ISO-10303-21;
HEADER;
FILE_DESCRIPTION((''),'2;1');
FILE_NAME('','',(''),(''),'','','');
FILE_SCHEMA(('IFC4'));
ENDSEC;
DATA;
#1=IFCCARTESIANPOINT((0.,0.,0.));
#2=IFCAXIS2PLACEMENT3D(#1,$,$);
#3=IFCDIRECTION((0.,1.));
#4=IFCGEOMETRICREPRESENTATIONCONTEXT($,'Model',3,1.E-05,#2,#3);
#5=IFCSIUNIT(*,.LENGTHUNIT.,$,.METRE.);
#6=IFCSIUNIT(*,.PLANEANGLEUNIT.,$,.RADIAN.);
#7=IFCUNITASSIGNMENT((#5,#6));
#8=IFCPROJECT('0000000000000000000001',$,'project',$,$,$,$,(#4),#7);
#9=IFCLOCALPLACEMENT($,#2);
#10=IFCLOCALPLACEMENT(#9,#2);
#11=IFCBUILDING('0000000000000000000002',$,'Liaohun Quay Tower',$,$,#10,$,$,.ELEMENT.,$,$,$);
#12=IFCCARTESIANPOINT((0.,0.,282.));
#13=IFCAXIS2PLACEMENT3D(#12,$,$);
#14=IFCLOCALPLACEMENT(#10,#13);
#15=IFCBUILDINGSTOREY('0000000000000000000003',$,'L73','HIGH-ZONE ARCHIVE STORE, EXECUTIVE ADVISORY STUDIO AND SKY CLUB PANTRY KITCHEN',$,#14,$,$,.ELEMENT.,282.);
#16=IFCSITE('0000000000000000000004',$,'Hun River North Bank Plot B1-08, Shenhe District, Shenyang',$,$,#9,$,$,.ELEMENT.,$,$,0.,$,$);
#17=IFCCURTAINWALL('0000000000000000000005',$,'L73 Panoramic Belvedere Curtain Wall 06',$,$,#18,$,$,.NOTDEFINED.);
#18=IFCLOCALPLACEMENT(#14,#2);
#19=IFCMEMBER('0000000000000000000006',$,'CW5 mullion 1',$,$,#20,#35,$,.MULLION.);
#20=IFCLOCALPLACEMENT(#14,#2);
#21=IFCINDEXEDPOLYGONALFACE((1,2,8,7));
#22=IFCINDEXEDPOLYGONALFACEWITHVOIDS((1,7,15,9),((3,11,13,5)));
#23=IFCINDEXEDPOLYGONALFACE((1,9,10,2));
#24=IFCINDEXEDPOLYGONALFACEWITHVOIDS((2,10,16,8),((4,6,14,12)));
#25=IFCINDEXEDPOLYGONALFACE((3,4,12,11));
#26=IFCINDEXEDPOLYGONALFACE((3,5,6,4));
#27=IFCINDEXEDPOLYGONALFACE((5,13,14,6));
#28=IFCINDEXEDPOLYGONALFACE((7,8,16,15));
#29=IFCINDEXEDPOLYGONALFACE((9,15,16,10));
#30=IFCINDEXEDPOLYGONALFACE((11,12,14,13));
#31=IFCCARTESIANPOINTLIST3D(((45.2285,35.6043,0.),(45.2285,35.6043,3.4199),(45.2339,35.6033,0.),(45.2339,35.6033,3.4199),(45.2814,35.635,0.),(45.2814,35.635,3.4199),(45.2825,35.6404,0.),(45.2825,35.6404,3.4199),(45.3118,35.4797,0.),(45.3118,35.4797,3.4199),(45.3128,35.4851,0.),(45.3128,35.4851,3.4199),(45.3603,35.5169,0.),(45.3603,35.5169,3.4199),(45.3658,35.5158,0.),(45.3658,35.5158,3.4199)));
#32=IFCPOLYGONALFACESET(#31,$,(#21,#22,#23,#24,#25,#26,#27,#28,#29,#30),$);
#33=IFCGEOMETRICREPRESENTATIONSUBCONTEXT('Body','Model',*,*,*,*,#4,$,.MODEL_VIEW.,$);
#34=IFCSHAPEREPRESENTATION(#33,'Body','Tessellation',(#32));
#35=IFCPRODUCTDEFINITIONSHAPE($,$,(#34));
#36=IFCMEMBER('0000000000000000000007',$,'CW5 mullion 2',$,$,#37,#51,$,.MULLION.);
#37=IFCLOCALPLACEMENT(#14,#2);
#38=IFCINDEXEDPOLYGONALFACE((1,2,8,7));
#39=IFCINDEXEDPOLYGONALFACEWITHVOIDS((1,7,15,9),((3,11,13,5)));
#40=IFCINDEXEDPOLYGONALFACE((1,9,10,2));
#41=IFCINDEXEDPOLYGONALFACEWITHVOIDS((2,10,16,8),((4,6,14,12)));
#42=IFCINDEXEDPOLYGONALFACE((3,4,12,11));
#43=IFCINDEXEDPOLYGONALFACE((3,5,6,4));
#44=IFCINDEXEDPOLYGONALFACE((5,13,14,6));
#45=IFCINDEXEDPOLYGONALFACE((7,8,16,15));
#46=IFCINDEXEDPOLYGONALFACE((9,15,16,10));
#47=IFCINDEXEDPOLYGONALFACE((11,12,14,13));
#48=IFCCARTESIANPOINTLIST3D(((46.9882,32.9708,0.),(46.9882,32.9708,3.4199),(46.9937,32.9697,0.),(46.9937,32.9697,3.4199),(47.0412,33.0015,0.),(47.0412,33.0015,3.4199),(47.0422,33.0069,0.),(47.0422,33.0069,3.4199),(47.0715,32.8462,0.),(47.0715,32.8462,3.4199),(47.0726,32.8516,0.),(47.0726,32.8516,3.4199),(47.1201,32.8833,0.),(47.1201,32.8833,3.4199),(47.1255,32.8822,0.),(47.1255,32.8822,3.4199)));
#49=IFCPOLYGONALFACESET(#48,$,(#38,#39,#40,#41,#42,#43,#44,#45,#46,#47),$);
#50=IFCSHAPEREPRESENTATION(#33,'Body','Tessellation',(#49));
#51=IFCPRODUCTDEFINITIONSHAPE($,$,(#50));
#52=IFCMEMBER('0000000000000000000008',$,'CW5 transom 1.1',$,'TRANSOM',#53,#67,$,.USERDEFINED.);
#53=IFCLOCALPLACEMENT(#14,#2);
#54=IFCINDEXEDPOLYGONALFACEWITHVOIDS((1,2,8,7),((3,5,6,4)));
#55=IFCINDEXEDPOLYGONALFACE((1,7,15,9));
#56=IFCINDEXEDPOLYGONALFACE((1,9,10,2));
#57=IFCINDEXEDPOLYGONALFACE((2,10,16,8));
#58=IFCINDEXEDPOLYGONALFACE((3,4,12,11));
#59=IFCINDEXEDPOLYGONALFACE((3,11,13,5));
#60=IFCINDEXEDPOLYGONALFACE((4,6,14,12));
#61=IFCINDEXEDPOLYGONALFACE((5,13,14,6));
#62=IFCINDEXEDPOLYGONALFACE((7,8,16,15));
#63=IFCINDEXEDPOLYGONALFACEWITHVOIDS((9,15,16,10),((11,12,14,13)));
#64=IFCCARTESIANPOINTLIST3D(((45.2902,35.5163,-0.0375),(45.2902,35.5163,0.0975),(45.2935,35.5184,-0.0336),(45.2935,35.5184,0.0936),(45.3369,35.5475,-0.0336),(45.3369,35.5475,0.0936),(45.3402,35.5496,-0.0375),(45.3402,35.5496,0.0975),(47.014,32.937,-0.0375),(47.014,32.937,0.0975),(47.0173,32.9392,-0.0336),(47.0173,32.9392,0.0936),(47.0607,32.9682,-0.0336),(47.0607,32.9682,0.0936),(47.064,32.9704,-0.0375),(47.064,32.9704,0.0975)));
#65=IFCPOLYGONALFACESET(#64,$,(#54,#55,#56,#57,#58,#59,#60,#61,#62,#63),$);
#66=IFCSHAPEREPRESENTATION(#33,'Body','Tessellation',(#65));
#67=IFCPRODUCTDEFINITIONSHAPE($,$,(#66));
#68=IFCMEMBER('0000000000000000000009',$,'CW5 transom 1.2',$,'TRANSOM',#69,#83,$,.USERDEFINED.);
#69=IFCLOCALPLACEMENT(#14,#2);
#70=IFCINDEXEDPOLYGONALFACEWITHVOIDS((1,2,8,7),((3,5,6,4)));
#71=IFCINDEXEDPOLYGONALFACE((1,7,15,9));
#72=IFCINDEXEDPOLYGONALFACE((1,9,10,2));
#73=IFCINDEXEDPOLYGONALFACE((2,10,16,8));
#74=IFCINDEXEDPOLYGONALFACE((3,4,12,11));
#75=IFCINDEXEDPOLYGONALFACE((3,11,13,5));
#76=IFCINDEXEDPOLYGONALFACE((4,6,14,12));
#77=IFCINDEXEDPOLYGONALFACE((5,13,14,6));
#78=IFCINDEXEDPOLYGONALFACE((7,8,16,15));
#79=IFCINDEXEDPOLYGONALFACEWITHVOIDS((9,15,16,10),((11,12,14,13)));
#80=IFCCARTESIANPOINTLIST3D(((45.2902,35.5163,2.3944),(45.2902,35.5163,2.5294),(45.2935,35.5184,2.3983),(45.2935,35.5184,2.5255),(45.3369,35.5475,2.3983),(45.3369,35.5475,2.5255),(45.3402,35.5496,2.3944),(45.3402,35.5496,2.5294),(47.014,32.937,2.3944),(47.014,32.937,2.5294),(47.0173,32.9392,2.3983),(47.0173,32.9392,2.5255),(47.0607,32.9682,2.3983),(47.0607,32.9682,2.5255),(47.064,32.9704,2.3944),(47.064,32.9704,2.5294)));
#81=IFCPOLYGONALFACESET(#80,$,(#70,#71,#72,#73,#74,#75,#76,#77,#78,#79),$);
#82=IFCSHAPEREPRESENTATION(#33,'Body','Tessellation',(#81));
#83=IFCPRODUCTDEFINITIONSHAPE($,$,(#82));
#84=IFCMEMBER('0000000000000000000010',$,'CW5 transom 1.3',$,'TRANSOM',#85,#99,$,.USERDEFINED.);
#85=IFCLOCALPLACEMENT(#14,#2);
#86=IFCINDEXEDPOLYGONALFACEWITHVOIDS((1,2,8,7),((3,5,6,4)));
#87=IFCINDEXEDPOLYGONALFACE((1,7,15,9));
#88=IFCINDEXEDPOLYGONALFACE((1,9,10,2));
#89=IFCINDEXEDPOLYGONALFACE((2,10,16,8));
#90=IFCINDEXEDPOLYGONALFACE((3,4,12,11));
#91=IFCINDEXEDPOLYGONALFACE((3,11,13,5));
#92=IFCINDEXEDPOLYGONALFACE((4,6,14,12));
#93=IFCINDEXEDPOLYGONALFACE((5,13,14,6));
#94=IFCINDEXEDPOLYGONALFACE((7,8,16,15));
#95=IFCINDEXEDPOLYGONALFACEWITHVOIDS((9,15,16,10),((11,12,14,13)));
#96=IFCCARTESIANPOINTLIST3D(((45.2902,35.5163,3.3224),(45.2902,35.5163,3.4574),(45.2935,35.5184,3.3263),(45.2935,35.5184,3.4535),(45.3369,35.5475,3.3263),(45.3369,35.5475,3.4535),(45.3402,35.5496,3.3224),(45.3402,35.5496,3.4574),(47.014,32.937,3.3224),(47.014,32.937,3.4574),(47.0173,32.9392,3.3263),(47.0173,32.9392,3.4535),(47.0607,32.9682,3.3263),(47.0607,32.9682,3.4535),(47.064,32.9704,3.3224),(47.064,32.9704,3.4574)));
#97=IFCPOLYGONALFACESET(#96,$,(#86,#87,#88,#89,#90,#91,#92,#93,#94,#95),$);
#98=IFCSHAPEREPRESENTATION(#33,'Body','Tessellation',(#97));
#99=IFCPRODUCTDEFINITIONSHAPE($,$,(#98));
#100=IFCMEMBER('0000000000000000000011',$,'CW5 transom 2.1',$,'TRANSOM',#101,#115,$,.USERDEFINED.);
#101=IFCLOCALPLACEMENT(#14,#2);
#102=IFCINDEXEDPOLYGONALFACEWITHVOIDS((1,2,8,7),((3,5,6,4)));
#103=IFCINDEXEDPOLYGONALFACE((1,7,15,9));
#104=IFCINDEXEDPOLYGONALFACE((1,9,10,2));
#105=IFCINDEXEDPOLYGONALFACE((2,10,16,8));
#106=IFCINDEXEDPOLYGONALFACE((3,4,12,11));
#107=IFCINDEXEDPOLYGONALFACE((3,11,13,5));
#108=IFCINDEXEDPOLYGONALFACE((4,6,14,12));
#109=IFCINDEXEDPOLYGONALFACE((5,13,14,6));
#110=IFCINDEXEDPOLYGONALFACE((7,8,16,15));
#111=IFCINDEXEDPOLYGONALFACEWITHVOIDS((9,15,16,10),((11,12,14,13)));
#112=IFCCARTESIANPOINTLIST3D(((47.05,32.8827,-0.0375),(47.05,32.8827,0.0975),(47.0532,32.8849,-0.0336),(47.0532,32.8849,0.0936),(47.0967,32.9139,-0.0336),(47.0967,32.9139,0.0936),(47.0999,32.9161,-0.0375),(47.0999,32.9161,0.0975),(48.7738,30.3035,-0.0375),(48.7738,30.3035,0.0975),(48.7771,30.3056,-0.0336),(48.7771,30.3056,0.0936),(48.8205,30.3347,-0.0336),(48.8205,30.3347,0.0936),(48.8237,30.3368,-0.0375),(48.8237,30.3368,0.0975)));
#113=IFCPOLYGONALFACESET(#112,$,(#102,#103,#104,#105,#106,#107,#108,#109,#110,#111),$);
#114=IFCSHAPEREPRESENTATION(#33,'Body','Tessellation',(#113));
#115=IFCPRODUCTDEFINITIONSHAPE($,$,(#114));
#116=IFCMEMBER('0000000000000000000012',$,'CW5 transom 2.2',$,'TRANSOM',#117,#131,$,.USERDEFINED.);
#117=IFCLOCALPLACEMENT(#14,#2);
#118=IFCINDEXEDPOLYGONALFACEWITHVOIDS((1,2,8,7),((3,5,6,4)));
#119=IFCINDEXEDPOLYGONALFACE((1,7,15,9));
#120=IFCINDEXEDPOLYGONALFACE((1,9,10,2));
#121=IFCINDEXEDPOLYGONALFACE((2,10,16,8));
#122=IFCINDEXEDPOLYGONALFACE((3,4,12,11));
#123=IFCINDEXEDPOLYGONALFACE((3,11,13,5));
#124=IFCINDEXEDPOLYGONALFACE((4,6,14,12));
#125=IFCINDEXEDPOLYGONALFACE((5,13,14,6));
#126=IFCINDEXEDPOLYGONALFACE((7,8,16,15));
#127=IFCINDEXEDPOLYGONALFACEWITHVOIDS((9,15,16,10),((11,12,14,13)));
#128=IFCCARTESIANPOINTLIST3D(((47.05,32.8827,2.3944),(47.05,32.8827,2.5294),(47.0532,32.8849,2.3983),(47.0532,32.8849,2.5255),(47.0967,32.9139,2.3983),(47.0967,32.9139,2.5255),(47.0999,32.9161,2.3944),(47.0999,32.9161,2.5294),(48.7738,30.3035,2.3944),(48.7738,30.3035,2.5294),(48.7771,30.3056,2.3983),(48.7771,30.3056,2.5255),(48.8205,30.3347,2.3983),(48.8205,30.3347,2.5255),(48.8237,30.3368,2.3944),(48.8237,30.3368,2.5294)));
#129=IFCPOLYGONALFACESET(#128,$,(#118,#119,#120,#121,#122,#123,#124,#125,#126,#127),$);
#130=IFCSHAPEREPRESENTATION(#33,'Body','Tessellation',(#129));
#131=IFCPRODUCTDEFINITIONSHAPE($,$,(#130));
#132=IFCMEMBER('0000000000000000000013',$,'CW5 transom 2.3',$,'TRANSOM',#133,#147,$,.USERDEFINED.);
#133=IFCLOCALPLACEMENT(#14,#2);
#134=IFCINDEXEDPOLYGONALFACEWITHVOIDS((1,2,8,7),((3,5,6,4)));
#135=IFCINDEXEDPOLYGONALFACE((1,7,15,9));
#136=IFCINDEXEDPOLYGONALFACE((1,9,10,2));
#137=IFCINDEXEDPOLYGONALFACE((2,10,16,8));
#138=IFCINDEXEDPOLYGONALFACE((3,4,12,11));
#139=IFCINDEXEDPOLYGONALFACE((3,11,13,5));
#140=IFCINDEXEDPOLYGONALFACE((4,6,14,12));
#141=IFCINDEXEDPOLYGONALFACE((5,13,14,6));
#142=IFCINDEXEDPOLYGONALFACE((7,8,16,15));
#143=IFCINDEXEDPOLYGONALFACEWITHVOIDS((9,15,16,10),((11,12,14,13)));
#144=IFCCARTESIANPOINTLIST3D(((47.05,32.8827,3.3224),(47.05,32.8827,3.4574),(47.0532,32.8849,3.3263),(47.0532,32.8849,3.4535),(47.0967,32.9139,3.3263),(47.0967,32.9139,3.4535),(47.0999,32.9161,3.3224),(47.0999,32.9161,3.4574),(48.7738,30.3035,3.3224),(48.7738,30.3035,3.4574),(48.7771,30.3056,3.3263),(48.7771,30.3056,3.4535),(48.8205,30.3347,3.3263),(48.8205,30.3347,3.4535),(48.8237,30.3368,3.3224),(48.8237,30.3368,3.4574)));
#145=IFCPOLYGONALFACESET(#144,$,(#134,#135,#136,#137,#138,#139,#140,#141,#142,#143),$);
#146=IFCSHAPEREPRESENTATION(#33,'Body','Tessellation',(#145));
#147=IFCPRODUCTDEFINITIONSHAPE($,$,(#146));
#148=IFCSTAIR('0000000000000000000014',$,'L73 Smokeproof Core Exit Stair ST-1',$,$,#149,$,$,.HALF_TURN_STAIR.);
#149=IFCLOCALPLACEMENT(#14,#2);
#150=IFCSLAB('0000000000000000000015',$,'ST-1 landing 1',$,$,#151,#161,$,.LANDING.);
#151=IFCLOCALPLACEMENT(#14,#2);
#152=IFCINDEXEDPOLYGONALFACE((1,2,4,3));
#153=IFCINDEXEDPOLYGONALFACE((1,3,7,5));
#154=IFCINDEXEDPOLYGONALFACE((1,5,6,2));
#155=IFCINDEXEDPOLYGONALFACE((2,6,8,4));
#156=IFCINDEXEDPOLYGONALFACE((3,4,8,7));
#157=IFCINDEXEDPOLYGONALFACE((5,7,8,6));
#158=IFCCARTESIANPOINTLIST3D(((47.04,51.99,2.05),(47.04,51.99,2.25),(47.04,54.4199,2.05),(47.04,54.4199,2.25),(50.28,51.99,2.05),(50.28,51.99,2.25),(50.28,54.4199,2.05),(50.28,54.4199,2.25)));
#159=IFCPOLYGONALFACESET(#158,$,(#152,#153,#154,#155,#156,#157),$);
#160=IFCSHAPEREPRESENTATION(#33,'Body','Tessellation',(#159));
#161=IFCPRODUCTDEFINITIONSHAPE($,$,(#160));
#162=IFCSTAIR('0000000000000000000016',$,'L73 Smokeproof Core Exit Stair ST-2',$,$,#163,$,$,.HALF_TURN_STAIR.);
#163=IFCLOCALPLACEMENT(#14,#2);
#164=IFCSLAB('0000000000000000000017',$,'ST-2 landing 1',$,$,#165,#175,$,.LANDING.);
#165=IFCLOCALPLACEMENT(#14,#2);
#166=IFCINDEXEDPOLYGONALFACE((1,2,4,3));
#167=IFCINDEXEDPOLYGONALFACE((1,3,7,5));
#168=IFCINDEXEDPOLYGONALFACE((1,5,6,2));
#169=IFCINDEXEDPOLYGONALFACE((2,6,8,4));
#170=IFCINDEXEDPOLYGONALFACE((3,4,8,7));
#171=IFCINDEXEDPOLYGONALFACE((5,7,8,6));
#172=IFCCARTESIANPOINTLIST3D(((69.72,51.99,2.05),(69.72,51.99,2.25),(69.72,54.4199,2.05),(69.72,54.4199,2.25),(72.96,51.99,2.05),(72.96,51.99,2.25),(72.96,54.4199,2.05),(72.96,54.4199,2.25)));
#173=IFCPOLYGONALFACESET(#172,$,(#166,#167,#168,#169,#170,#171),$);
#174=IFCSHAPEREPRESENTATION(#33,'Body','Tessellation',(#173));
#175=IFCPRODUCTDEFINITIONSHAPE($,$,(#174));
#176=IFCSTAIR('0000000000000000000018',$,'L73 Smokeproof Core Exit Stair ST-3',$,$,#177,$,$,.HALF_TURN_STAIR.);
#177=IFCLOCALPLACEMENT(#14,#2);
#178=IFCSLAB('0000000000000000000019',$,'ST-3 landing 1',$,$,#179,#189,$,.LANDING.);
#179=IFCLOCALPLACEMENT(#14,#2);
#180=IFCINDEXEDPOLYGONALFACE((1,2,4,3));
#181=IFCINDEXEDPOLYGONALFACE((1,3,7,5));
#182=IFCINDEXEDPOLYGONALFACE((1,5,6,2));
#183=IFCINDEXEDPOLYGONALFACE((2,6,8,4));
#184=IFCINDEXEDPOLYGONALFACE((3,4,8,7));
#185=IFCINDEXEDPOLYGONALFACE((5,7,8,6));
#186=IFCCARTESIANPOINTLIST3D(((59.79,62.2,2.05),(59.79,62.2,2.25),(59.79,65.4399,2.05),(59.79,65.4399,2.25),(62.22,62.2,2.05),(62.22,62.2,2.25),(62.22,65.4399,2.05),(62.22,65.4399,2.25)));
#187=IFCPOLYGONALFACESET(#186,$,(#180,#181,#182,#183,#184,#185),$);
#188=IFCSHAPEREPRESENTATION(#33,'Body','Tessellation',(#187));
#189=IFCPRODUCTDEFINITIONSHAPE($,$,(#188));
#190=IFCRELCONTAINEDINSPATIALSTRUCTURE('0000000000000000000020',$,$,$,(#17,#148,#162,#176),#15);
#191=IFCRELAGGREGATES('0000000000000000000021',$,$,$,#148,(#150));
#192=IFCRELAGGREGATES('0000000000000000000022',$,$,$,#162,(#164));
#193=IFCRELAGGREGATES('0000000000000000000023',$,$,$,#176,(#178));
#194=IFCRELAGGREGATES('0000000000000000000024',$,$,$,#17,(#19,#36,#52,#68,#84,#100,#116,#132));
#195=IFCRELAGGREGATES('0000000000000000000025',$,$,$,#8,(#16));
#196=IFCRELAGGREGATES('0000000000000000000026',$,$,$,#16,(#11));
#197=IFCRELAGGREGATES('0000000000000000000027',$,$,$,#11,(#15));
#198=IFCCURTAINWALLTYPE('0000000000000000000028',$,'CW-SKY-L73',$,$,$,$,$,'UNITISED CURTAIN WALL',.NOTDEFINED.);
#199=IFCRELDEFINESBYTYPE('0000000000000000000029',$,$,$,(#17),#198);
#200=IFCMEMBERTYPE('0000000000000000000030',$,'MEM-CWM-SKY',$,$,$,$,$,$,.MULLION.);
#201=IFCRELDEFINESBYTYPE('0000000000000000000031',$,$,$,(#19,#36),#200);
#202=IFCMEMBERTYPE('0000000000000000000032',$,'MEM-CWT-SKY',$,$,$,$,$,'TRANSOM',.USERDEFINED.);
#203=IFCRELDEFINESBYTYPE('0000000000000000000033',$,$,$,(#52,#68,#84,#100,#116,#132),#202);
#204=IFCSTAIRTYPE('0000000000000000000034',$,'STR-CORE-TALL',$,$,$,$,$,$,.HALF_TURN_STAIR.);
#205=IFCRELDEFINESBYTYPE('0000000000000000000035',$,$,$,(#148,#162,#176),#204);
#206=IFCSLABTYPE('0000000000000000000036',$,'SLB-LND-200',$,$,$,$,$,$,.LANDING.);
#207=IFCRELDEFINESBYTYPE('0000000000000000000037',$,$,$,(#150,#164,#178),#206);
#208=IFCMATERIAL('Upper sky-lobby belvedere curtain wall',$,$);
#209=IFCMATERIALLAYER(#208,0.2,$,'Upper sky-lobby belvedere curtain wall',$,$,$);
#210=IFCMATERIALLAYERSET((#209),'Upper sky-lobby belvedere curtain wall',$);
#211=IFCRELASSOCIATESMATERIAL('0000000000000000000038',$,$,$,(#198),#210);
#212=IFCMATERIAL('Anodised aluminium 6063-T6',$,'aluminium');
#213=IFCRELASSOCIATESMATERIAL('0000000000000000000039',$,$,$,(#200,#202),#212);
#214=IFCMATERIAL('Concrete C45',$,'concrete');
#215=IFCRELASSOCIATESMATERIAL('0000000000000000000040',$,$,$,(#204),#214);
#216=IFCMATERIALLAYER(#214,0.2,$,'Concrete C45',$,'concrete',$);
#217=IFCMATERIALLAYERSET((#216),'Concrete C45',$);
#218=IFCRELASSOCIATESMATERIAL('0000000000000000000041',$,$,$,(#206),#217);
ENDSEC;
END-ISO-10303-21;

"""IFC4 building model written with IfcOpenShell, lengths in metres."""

from ifc_helpers import new_model, si_unit, direction, frame, origin, origin_2d, place, context, subcontext, project, spatial, polyline, hollow_rectangle, outline, extrude, source, transform, mapped, material, layer, layer_set, material_profile, profile_set, type_object, element, aggregate, save


model = new_model("IFC4")

# Units and contexts
model_context = context("Model", 3, precision=1e-05, world=origin(), true_north=direction((0.0, 1.0)))
body_context = subcontext(model_context, "Body", "Model", "MODEL_VIEW")
ifc_project = project(units=[si_unit("LENGTHUNIT", "METRE"), si_unit("PLANEANGLEUNIT", "RADIAN")], contexts=[model_context])

# Site, building, storey
site_placement = place(None, origin())
site = spatial("IfcSite", under=ifc_project, at=site_placement, Name="Hun River North Bank Plot B1-08, Shenhe District, Shenyang", CompositionType="ELEMENT", RefElevation=0.0)
building_placement = place(site_placement, origin())
building = spatial("IfcBuilding", under=site, at=building_placement, Name="Liaohun Quay Tower", CompositionType="ELEMENT")
storey_placement = place(building_placement, frame((0.0, 0.0, 282.0)))
storey = spatial("IfcBuildingStorey", under=building, at=storey_placement, Name="L73", Description="HIGH-ZONE ARCHIVE STORE, EXECUTIVE ADVISORY STUDIO AND SKY CLUB PANTRY KITCHEN", CompositionType="ELEMENT", Elevation=282.0)

# Curtain wall, members
ifc_material_1 = material(Name="Upper sky-lobby belvedere curtain wall")
ifc_layer_1 = layer(ifc_material_1, 0.2, Name="Upper sky-lobby belvedere curtain wall")
ifc_layer_set_1 = layer_set([ifc_layer_1], Name="Upper sky-lobby belvedere curtain wall")
curtain_wall_type = type_object("IfcCurtainWallType", Name="CW-SKY-L73", ElementType="UNITISED CURTAIN WALL", PredefinedType="NOTDEFINED", material=ifc_layer_set_1)
curtain_wall_placement = place(storey_placement, origin())
curtain_wall = element("IfcCurtainWall", 1, at=curtain_wall_placement, inside=storey, type_object=curtain_wall_type, Name="L73 Panoramic Belvedere Curtain Wall 06", PredefinedType="NOTDEFINED")
ifc_material_2 = material(Name="Anodised aluminium 6063-T6", Category="aluminium")
ifc_material_profile_1 = material_profile(ifc_material_2, hollow_rectangle(XDim=0.0649, YDim=0.1499, WallThickness=0.0039, at=origin_2d()), Name="RHS150x65x4")
ifc_profile_set_1 = profile_set([ifc_material_profile_1], Name="Anodised aluminium 6063-T6")
member_type_1 = type_object("IfcMemberType", Name="MEM-CWM-SKY", PredefinedType="MULLION", material=ifc_profile_set_1)
shared_shape_1 = source(origin(), body_context, "Body", "SweptSolid", [
    extrude(hollow_rectangle(XDim=0.0649, YDim=0.1499, WallThickness=0.0039, at=origin_2d()), origin(), (0.0, 0.0, 1.0), 3.4199),
])
member_1_placement = place(storey_placement, frame((45.2971, 35.5601, 0.0), z_axis=(0.0, 0.0, 1.0), x_axis=(0.831425, 0.555637, 0.0)))
member_1 = element("IfcMember", 2, at=member_1_placement, type_object=member_type_1, Name="CW5 mullion 1", PredefinedType="MULLION", context=body_context, shape_type="MappedRepresentation", body=[
    mapped(shared_shape_1, transform((0.0, 0.0, 0.0), x_axis=(1.0, 0.0, 0.0), y_axis=(0.0, 1.0, 0.0), z_axis=(0.0, 0.0, 1.0), scale=1.0)),
])
member_2_placement = place(storey_placement, frame((47.0569, 32.9265, 0.0), z_axis=(0.0, 0.0, 1.0), x_axis=(0.831425, 0.555637, 0.0)))
member_2 = element("IfcMember", 3, at=member_2_placement, type_object=member_type_1, Name="CW5 mullion 2", PredefinedType="MULLION", context=body_context, shape_type="MappedRepresentation", body=[
    mapped(shared_shape_1, transform((0.0, 0.0, 0.0), x_axis=(1.0, 0.0, 0.0), y_axis=(0.0, 1.0, 0.0), z_axis=(0.0, 0.0, 1.0), scale=1.0)),
])
ifc_material_profile_2 = material_profile(ifc_material_2, hollow_rectangle(XDim=0.0601, YDim=0.135, WallThickness=0.0039, at=origin_2d()), Name="RHS135x60x4")
ifc_profile_set_2 = profile_set([ifc_material_profile_2], Name="Anodised aluminium 6063-T6")
member_type_2 = type_object("IfcMemberType", Name="MEM-CWT-SKY", ElementType="TRANSOM", PredefinedType="USERDEFINED", material=ifc_profile_set_2)
shared_shape_2 = source(origin(), body_context, "Body", "SweptSolid", [
    extrude(hollow_rectangle(XDim=0.0601, YDim=0.135, WallThickness=0.0039, at=origin_2d()), origin(), (0.0, 0.0, 1.0), 3.1023),
])
member_3_placement = place(storey_placement, frame((45.3152, 35.533, 0.03), z_axis=(0.555662, -0.831408, 0.0), x_axis=(0.831408, 0.555662, 0.0)))
member_3 = element("IfcMember", 4, at=member_3_placement, type_object=member_type_2, Name="CW5 transom 1.1", ObjectType="TRANSOM", PredefinedType="USERDEFINED", context=body_context, shape_type="MappedRepresentation", body=[
    mapped(shared_shape_2, transform((0.0, 0.0, 0.0), x_axis=(1.0, 0.0, 0.0), y_axis=(0.0, 1.0, 0.0), z_axis=(0.0, 0.0, 1.0), scale=1.0)),
])
member_4_placement = place(storey_placement, frame((45.3152, 35.533, 2.4619), z_axis=(0.555662, -0.831408, 0.0), x_axis=(0.831408, 0.555662, 0.0)))
member_4 = element("IfcMember", 5, at=member_4_placement, type_object=member_type_2, Name="CW5 transom 1.2", ObjectType="TRANSOM", PredefinedType="USERDEFINED", context=body_context, shape_type="MappedRepresentation", body=[
    mapped(shared_shape_2, transform((0.0, 0.0, 0.0), x_axis=(1.0, 0.0, 0.0), y_axis=(0.0, 1.0, 0.0), z_axis=(0.0, 0.0, 1.0), scale=1.0)),
])
member_5_placement = place(storey_placement, frame((45.3152, 35.533, 3.3899), z_axis=(0.555662, -0.831408, 0.0), x_axis=(0.831408, 0.555662, 0.0)))
member_5 = element("IfcMember", 6, at=member_5_placement, type_object=member_type_2, Name="CW5 transom 1.3", ObjectType="TRANSOM", PredefinedType="USERDEFINED", context=body_context, shape_type="MappedRepresentation", body=[
    mapped(shared_shape_2, transform((0.0, 0.0, 0.0), x_axis=(1.0, 0.0, 0.0), y_axis=(0.0, 1.0, 0.0), z_axis=(0.0, 0.0, 1.0), scale=1.0)),
])
member_6_placement = place(storey_placement, frame((47.075, 32.8994, 0.03), z_axis=(0.555662, -0.831408, 0.0), x_axis=(0.831408, 0.555662, 0.0)))
member_6 = element("IfcMember", 7, at=member_6_placement, type_object=member_type_2, Name="CW5 transom 2.1", ObjectType="TRANSOM", PredefinedType="USERDEFINED", context=body_context, shape_type="MappedRepresentation", body=[
    mapped(shared_shape_2, transform((0.0, 0.0, 0.0), x_axis=(1.0, 0.0, 0.0), y_axis=(0.0, 1.0, 0.0), z_axis=(0.0, 0.0, 1.0), scale=1.0)),
])
member_7_placement = place(storey_placement, frame((47.075, 32.8994, 2.4619), z_axis=(0.555662, -0.831408, 0.0), x_axis=(0.831408, 0.555662, 0.0)))
member_7 = element("IfcMember", 8, at=member_7_placement, type_object=member_type_2, Name="CW5 transom 2.2", ObjectType="TRANSOM", PredefinedType="USERDEFINED", context=body_context, shape_type="MappedRepresentation", body=[
    mapped(shared_shape_2, transform((0.0, 0.0, 0.0), x_axis=(1.0, 0.0, 0.0), y_axis=(0.0, 1.0, 0.0), z_axis=(0.0, 0.0, 1.0), scale=1.0)),
])
member_8_placement = place(storey_placement, frame((47.075, 32.8994, 3.3899), z_axis=(0.555662, -0.831408, 0.0), x_axis=(0.831408, 0.555662, 0.0)))
member_8 = element("IfcMember", 9, at=member_8_placement, type_object=member_type_2, Name="CW5 transom 2.3", ObjectType="TRANSOM", PredefinedType="USERDEFINED", context=body_context, shape_type="MappedRepresentation", body=[
    mapped(shared_shape_2, transform((0.0, 0.0, 0.0), x_axis=(1.0, 0.0, 0.0), y_axis=(0.0, 1.0, 0.0), z_axis=(0.0, 0.0, 1.0), scale=1.0)),
])

# Stairs, slabs
ifc_material_3 = material(Name="Concrete C45", Category="concrete")
stair_type = type_object("IfcStairType", Name="STR-CORE-TALL", PredefinedType="HALF_TURN_STAIR", material=ifc_material_3)
stair_1_placement = place(storey_placement, origin())
stair_1 = element("IfcStair", 10, at=stair_1_placement, inside=storey, type_object=stair_type, Name="L73 Smokeproof Core Exit Stair ST-1", PredefinedType="HALF_TURN_STAIR")
ifc_layer_2 = layer(ifc_material_3, 0.2, Name="Concrete C45", Category="concrete")
ifc_layer_set_2 = layer_set([ifc_layer_2], Name="Concrete C45")
slab_type_1 = type_object("IfcSlabType", Name="SLB-LND-200", PredefinedType="LANDING", material=ifc_layer_set_2)
slab_1_placement = place(storey_placement, frame((0.0, 0.0, 2.05)))
slab_1 = element("IfcSlab", 11, at=slab_1_placement, type_object=slab_type_1, Name="ST-1 landing 1", PredefinedType="LANDING", context=body_context, shape_type="SweptSolid", body=[
    extrude(outline(polyline([(50.28, 51.99), (50.28, 54.4199), (47.04, 54.4199), (47.04, 51.99), (50.28, 51.99)])), origin(), (0.0, 0.0, 1.0), 0.2),
])
aggregate(stair_1, [slab_1])
stair_2_placement = place(storey_placement, origin())
stair_2 = element("IfcStair", 12, at=stair_2_placement, inside=storey, type_object=stair_type, Name="L73 Smokeproof Core Exit Stair ST-2", PredefinedType="HALF_TURN_STAIR")
slab_2_placement = place(storey_placement, frame((0.0, 0.0, 2.05)))
slab_2 = element("IfcSlab", 13, at=slab_2_placement, type_object=slab_type_1, Name="ST-2 landing 1", PredefinedType="LANDING", context=body_context, shape_type="SweptSolid", body=[
    extrude(outline(polyline([(72.96, 51.99), (72.96, 54.4199), (69.72, 54.4199), (69.72, 51.99), (72.96, 51.99)])), origin(), (0.0, 0.0, 1.0), 0.2),
])
aggregate(stair_2, [slab_2])
stair_3_placement = place(storey_placement, origin())
stair_3 = element("IfcStair", 14, at=stair_3_placement, inside=storey, type_object=stair_type, Name="L73 Smokeproof Core Exit Stair ST-3", PredefinedType="HALF_TURN_STAIR")
slab_3_placement = place(storey_placement, frame((0.0, 0.0, 2.05)))
slab_3 = element("IfcSlab", 15, at=slab_3_placement, type_object=slab_type_1, Name="ST-3 landing 1", PredefinedType="LANDING", context=body_context, shape_type="SweptSolid", body=[
    extrude(outline(polyline([(59.79, 62.2), (62.22, 62.2), (62.22, 65.4399), (59.79, 65.4399), (59.79, 62.2)])), origin(), (0.0, 0.0, 1.0), 0.2),
])
aggregate(stair_3, [slab_3])

aggregate(curtain_wall, [member_1, member_2, member_3, member_4, member_5, member_6, member_7, member_8])

save(model, "model.ifc")
